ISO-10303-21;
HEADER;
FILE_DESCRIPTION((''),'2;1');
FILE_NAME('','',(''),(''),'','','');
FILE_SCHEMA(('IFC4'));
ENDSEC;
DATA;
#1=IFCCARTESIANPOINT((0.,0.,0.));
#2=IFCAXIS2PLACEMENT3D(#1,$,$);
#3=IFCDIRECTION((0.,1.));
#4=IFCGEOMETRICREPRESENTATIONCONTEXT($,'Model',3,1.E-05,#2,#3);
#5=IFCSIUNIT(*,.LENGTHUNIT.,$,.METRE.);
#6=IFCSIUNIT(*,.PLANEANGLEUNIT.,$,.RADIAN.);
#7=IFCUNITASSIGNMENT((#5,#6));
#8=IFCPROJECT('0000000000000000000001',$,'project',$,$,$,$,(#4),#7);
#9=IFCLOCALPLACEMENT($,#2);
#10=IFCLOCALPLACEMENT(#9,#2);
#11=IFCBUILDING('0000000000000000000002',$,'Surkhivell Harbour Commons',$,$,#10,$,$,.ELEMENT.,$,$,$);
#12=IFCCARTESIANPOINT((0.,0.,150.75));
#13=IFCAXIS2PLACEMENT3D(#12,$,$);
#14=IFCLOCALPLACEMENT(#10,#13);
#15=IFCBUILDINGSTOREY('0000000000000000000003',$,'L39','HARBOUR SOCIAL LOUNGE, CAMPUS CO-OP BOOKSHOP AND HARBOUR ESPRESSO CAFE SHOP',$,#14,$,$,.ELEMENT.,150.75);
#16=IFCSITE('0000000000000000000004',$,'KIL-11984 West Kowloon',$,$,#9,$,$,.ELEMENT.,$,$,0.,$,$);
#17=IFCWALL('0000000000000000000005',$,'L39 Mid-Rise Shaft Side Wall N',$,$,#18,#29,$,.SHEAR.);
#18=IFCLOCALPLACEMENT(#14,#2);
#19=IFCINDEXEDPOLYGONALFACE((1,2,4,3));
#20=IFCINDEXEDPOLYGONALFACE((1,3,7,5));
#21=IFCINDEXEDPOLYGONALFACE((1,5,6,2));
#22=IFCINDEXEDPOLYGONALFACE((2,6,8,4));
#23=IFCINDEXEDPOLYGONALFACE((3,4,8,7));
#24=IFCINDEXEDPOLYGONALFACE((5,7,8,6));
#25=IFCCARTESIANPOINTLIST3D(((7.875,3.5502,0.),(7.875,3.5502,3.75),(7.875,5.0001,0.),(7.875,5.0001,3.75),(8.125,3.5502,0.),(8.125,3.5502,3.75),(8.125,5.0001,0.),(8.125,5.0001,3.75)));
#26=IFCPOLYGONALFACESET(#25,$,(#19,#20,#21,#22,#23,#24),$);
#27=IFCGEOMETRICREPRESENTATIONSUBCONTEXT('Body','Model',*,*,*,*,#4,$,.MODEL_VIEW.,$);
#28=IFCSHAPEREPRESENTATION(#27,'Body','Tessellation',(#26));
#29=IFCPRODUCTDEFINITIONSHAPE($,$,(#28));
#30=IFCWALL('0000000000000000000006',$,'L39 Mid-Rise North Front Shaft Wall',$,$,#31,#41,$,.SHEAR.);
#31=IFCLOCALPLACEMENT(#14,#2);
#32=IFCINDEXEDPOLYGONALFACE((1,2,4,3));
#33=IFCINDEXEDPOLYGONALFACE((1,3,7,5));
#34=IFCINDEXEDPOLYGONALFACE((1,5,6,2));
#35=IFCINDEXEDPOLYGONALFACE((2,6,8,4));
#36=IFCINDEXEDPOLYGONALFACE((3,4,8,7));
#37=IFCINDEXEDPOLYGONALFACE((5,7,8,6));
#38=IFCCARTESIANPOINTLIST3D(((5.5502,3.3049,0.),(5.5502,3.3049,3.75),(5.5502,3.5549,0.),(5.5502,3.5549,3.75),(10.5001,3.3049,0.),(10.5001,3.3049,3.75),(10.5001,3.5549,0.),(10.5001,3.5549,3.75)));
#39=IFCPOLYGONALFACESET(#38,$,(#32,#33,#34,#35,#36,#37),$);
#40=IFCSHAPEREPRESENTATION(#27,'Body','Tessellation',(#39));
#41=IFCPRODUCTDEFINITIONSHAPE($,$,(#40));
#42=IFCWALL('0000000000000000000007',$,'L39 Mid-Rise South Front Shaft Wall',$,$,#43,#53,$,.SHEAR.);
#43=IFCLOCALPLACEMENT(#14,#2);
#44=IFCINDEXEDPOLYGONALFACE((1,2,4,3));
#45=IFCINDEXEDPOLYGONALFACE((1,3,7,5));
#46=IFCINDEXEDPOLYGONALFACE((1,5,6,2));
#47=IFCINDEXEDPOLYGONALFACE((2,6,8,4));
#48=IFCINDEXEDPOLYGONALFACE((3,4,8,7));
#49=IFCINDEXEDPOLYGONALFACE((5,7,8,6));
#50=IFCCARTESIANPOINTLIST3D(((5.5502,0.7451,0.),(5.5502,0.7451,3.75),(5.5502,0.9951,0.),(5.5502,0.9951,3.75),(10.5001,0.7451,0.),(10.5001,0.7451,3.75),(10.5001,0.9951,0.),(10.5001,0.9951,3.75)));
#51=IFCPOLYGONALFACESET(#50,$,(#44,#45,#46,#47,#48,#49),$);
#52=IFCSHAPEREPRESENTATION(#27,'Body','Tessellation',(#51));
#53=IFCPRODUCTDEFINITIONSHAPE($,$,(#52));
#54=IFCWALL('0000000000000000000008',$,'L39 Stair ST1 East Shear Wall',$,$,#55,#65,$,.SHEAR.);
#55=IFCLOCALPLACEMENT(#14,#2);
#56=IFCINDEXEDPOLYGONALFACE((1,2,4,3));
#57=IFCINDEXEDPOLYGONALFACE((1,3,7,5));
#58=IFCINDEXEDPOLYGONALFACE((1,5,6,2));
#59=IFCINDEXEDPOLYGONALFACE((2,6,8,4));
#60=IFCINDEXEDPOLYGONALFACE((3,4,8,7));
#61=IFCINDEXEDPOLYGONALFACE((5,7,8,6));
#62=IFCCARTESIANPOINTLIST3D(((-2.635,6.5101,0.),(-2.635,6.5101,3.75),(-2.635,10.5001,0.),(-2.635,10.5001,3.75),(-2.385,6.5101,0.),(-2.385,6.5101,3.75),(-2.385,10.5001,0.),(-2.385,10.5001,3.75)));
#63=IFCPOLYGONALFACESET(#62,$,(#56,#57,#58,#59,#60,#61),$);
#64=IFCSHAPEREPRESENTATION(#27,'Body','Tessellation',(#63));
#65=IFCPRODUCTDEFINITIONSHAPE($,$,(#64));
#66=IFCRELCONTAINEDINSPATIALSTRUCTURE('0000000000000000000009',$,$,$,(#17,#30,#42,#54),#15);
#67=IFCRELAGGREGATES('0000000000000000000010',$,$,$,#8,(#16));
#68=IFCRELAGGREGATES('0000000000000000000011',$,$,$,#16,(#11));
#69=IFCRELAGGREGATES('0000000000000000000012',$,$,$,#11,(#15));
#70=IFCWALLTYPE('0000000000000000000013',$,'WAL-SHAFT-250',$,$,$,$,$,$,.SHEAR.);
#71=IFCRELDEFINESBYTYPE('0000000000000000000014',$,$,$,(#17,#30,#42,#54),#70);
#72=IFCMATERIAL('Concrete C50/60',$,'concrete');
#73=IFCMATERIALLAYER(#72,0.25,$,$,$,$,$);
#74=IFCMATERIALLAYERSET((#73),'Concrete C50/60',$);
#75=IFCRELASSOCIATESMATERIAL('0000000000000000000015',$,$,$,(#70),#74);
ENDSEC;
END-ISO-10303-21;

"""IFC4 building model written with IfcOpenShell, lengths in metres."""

from ifc_helpers import new_model, si_unit, direction, frame, frame_2d, origin, place, context, subcontext, project, spatial, rectangle, extrude, material, layer, layer_set, type_object, element, save


model = new_model("IFC4")

# Units and contexts
model_context = context("Model", 3, precision=1e-05, world=origin(), true_north=direction((0.0, 1.0)))
body_context = subcontext(model_context, "Body", "Model", "MODEL_VIEW")
ifc_project = project(units=[si_unit("LENGTHUNIT", "METRE"), si_unit("PLANEANGLEUNIT", "RADIAN")], contexts=[model_context])

# Site, building, storey
site_placement = place(None, origin())
site = spatial("IfcSite", under=ifc_project, at=site_placement, Name="KIL-11984 West Kowloon", CompositionType="ELEMENT", RefElevation=0.0)
building_placement = place(site_placement, origin())
building = spatial("IfcBuilding", under=site, at=building_placement, Name="Surkhivell Harbour Commons", CompositionType="ELEMENT")
storey_placement = place(building_placement, frame((0.0, 0.0, 150.75)))
storey = spatial("IfcBuildingStorey", under=building, at=storey_placement, Name="L39", Description="HARBOUR SOCIAL LOUNGE, CAMPUS CO-OP BOOKSHOP AND HARBOUR ESPRESSO CAFE SHOP", CompositionType="ELEMENT", Elevation=150.75)

# Shared definitions
ifc_material_1 = material(Name="Concrete C50/60", Category="concrete")
ifc_layer_1 = layer(ifc_material_1, 0.25)
ifc_layer_set_1 = layer_set([ifc_layer_1], Name="Concrete C50/60")
wall_type_1 = type_object("IfcWallType", Name="WAL-SHAFT-250", PredefinedType="SHEAR", material=ifc_layer_set_1)

# Walls
for number, where, z_axis, x_axis, name in (
    (1, (8.0, 3.55, 0.0), (0.0, 0.0, 1.0), (0.0, 1.0, 0.0), "L39 Mid-Rise Shaft Side Wall N"),
):
    element("IfcWall", number, at=place(storey_placement, frame(where, z_axis=z_axis, x_axis=x_axis)), inside=storey, type_object=wall_type_1, Name=name, PredefinedType="SHEAR", context=body_context, shape_type="SweptSolid", body=[
        extrude(rectangle(XDim=1.45, YDim=0.25, at=frame_2d((0.7251, 0.0))), origin(), (0.0, 0.0, 1.0), 3.75),
    ])
for number, where, z_axis, x_axis, name in (
    (2, (5.55, 3.4299, 0.0), (0.0, 0.0, 1.0), (1.0, 0.0, 0.0), "L39 Mid-Rise North Front Shaft Wall"),
    (3, (5.55, 0.8701, 0.0), (0.0, 0.0, 1.0), (1.0, 0.0, 0.0), "L39 Mid-Rise South Front Shaft Wall"),
):
    element("IfcWall", number, at=place(storey_placement, frame(where, z_axis=z_axis, x_axis=x_axis)), inside=storey, type_object=wall_type_1, Name=name, PredefinedType="SHEAR", context=body_context, shape_type="SweptSolid", body=[
        extrude(rectangle(XDim=4.95, YDim=0.25, at=frame_2d((2.4751, 0.0))), origin(), (0.0, 0.0, 1.0), 3.75),
    ])
wall_1_placement = place(storey_placement, frame((-2.51, 6.51, 0.0), z_axis=(0.0, 0.0, 1.0), x_axis=(0.0, 1.0, 0.0)))
element("IfcWall", 4, at=wall_1_placement, inside=storey, type_object=wall_type_1, Name="L39 Stair ST1 East Shear Wall", PredefinedType="SHEAR", context=body_context, shape_type="SweptSolid", body=[
    extrude(rectangle(XDim=3.99, YDim=0.25, at=frame_2d((1.9951, 0.0))), origin(), (0.0, 0.0, 1.0), 3.75),
])

save(model, "model.ifc")
